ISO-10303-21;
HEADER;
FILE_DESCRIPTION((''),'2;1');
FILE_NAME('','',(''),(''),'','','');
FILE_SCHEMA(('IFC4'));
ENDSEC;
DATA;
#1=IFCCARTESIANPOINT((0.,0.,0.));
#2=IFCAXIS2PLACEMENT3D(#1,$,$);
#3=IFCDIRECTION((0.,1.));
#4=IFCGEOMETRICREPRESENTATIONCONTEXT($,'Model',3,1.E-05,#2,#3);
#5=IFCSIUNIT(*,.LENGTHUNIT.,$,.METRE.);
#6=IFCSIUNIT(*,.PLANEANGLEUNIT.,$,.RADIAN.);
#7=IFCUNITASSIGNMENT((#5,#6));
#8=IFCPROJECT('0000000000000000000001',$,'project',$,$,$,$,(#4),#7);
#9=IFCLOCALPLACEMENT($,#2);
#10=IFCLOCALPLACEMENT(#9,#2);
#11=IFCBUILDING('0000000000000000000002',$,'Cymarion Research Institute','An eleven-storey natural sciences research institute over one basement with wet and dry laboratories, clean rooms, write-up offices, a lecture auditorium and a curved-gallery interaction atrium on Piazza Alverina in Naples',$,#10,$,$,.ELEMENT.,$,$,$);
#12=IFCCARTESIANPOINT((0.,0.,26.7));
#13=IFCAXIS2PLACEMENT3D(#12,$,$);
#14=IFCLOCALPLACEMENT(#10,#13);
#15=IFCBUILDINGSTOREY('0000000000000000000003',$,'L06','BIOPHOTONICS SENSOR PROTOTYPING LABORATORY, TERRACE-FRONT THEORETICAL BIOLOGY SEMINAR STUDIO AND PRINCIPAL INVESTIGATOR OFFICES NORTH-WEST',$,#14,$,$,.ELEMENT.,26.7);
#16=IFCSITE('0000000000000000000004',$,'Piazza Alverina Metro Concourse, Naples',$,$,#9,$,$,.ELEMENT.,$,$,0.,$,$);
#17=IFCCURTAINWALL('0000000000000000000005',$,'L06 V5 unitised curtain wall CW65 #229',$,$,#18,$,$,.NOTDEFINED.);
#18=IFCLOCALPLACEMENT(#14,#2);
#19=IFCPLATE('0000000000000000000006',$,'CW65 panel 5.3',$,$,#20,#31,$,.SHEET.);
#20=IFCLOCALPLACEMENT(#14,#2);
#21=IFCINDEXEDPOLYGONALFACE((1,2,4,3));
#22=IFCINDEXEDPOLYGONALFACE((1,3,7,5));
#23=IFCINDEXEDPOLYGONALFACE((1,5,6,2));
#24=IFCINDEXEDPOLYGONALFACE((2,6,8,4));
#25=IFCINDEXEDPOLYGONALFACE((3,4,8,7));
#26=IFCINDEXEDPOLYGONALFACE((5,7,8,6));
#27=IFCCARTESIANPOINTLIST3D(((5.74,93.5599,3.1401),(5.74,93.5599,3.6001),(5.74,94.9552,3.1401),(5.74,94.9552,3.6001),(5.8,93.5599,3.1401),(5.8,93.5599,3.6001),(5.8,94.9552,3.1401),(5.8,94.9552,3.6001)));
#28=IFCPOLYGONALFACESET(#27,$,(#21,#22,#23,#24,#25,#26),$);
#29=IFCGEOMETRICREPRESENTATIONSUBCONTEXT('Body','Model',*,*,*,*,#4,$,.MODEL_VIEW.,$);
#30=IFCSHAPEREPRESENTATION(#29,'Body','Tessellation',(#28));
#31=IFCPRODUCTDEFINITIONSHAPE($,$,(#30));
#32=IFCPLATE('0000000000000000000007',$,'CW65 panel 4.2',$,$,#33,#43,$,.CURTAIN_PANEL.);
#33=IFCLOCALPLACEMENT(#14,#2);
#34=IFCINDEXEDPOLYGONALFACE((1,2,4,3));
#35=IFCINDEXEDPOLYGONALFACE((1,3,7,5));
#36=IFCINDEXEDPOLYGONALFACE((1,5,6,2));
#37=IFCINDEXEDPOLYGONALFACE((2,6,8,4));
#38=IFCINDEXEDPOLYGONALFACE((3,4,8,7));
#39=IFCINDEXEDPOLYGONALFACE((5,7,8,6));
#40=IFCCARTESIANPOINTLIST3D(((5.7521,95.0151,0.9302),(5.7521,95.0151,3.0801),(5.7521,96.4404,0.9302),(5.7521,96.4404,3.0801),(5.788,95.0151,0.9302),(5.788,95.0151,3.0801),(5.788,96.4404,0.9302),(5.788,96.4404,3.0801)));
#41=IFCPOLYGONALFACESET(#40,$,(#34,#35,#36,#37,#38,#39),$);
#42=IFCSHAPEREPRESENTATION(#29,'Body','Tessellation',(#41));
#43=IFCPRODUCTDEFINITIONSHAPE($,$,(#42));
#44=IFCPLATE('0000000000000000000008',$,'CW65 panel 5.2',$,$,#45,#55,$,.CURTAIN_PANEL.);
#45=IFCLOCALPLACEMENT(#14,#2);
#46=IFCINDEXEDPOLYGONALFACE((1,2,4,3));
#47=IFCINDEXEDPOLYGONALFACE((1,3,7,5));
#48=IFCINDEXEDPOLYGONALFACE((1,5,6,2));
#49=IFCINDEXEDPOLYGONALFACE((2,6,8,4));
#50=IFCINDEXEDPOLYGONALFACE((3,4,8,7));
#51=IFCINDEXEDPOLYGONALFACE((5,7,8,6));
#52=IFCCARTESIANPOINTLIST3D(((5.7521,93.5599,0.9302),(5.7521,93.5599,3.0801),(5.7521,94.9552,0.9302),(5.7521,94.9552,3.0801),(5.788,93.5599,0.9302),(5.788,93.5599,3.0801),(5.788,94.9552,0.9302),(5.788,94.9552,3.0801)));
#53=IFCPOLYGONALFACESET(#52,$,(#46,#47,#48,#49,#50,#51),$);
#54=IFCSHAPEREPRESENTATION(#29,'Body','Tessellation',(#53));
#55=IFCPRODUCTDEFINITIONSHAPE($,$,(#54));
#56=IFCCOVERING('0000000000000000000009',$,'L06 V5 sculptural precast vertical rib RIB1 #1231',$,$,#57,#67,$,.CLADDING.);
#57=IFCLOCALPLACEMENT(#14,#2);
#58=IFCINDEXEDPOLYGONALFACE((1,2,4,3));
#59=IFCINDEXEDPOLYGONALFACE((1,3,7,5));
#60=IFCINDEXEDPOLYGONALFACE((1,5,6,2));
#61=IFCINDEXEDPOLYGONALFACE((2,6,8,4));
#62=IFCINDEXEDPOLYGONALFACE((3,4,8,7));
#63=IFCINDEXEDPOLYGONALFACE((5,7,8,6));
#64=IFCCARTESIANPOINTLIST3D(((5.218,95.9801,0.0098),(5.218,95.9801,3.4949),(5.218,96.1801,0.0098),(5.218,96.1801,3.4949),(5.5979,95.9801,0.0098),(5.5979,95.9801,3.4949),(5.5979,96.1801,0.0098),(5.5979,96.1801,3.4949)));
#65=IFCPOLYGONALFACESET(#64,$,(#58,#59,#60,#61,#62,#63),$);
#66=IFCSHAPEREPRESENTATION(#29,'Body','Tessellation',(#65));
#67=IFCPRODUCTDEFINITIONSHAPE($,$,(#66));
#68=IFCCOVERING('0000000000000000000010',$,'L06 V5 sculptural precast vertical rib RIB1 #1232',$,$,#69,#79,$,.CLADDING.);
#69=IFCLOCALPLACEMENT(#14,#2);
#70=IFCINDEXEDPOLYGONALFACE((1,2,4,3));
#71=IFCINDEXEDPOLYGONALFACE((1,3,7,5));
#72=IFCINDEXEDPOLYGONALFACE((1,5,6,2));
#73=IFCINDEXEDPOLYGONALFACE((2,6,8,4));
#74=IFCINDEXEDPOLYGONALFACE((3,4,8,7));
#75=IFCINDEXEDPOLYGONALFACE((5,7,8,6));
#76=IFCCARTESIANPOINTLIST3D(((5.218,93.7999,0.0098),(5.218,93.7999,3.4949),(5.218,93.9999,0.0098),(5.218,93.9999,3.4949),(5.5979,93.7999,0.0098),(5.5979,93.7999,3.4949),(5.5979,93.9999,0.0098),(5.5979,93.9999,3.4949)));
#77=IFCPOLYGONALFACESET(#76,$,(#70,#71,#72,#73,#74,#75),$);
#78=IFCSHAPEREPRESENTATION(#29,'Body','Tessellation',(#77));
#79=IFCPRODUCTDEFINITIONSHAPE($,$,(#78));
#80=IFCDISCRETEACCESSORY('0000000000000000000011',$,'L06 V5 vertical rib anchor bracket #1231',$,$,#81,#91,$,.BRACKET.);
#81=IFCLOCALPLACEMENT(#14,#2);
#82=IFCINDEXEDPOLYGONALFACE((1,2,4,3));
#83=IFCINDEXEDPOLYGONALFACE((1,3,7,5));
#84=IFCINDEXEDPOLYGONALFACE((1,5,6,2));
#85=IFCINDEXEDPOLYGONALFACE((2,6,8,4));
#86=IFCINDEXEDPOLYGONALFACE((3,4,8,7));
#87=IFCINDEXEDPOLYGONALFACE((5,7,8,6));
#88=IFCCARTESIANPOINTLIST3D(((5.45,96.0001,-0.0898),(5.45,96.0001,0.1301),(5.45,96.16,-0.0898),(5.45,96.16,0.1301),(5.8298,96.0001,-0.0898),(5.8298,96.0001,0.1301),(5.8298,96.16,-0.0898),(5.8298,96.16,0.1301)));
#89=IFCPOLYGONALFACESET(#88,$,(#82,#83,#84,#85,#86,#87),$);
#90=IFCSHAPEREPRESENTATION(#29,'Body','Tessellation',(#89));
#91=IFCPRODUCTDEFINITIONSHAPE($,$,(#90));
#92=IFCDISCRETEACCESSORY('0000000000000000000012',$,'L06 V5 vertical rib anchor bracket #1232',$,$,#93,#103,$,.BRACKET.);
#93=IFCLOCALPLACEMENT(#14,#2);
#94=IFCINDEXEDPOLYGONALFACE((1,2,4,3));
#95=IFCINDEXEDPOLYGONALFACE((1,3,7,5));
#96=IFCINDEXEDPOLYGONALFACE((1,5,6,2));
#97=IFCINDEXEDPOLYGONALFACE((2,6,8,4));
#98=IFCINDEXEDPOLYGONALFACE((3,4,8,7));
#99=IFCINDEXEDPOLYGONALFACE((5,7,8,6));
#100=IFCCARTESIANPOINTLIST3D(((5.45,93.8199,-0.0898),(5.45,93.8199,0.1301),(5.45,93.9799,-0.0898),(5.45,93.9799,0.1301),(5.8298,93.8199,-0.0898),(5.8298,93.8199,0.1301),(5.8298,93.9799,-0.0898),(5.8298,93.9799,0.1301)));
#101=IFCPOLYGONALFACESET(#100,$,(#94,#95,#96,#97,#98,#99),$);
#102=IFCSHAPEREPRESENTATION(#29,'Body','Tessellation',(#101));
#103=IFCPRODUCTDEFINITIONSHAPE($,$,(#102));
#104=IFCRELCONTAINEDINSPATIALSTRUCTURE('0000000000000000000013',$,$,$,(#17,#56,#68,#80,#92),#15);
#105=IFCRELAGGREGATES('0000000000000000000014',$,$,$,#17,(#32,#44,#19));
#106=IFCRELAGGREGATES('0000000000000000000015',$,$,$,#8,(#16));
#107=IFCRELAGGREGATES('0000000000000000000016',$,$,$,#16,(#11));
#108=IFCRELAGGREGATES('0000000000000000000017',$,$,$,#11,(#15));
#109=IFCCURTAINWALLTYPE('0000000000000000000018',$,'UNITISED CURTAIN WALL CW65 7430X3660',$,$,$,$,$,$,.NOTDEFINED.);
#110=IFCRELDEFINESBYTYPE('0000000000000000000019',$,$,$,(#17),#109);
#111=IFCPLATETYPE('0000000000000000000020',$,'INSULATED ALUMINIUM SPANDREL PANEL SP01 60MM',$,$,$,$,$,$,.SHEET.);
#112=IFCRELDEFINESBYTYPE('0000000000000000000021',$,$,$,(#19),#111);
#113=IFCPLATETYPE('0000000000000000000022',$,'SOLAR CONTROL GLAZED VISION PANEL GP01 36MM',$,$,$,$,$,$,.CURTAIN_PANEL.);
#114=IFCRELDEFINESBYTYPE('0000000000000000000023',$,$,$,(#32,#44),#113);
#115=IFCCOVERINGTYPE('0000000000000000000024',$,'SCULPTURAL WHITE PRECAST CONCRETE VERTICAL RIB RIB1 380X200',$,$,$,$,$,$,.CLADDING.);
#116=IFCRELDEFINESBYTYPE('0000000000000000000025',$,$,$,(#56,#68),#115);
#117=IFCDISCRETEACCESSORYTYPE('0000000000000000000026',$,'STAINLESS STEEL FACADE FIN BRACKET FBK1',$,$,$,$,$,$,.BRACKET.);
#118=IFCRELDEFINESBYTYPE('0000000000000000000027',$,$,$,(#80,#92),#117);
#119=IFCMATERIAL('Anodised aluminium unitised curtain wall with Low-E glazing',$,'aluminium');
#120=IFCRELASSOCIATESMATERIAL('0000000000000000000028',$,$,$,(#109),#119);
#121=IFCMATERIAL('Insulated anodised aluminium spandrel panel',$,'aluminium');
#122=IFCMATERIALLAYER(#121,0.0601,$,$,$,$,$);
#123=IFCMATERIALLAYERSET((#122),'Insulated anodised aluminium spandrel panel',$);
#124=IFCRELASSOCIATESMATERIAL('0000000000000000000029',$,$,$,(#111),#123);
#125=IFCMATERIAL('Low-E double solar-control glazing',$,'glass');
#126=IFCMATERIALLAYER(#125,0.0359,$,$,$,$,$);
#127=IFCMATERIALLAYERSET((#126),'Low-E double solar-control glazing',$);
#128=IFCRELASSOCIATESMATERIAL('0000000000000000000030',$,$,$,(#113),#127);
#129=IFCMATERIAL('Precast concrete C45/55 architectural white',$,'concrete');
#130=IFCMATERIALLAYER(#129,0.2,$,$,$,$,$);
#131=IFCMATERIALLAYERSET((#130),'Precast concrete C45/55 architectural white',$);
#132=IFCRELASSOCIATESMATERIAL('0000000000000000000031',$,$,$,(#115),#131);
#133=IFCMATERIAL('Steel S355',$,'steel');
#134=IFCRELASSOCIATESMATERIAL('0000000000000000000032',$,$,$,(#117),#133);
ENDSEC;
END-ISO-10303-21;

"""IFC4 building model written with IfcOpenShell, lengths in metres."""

from ifc_helpers import new_model, si_unit, direction, frame, origin, origin_2d, place, context, subcontext, project, spatial, rectangle, extrude, material, layer, layer_set, type_object, element, aggregate, save


model = new_model("IFC4")

# Units and contexts
model_context = context("Model", 3, precision=1e-05, world=origin(), true_north=direction((0.0, 1.0)))
body_context = subcontext(model_context, "Body", "Model", "MODEL_VIEW")
ifc_project = project(units=[si_unit("LENGTHUNIT", "METRE"), si_unit("PLANEANGLEUNIT", "RADIAN")], contexts=[model_context])

# Site, building, storey
site_placement = place(None, origin())
site = spatial("IfcSite", under=ifc_project, at=site_placement, Name="Piazza Alverina Metro Concourse, Naples", CompositionType="ELEMENT", RefElevation=0.0)
building_placement = place(site_placement, origin())
building = spatial("IfcBuilding", under=site, at=building_placement, Name="Cymarion Research Institute", Description="An eleven-storey natural sciences research institute over one basement with wet and dry laboratories, clean rooms, write-up offices, a lecture auditorium and a curved-gallery interaction atrium on Piazza Alverina in Naples", CompositionType="ELEMENT")
storey_placement = place(building_placement, frame((0.0, 0.0, 26.7)))
storey = spatial("IfcBuildingStorey", under=building, at=storey_placement, Name="L06", Description="BIOPHOTONICS SENSOR PROTOTYPING LABORATORY, TERRACE-FRONT THEORETICAL BIOLOGY SEMINAR STUDIO AND PRINCIPAL INVESTIGATOR OFFICES NORTH-WEST", CompositionType="ELEMENT", Elevation=26.7)

# Curtain wall, plates
ifc_material_1 = material(Name="Anodised aluminium unitised curtain wall with Low-E glazing", Category="aluminium")
curtain_wall_type = type_object("IfcCurtainWallType", Name="UNITISED CURTAIN WALL CW65 7430X3660", PredefinedType="NOTDEFINED", material=ifc_material_1)
curtain_wall_placement = place(storey_placement, origin())
curtain_wall = element("IfcCurtainWall", 1, at=curtain_wall_placement, inside=storey, type_object=curtain_wall_type, Name="L06 V5 unitised curtain wall CW65 #229", PredefinedType="NOTDEFINED")
ifc_material_2 = material(Name="Insulated anodised aluminium spandrel panel", Category="aluminium")
ifc_layer_1 = layer(ifc_material_2, 0.0601)
ifc_layer_set_1 = layer_set([ifc_layer_1], Name="Insulated anodised aluminium spandrel panel")
plate_type_1 = type_object("IfcPlateType", Name="INSULATED ALUMINIUM SPANDREL PANEL SP01 60MM", PredefinedType="SHEET", material=ifc_layer_set_1)
plate_1_placement = place(storey_placement, frame((5.77, 94.2576, 3.1401), z_axis=(0.0, 0.0, 1.0), x_axis=(0.0, -1.0, 0.0)))
plate_1 = element("IfcPlate", 2, at=plate_1_placement, type_object=plate_type_1, Name="CW65 panel 5.3", PredefinedType="SHEET", context=body_context, shape_type="SweptSolid", body=[
    extrude(rectangle(XDim=1.3953, YDim=0.0601, at=origin_2d()), origin(), (0.0, 0.0, 1.0), 0.46),
])
ifc_material_3 = material(Name="Low-E double solar-control glazing", Category="glass")
ifc_layer_2 = layer(ifc_material_3, 0.0359)
ifc_layer_set_2 = layer_set([ifc_layer_2], Name="Low-E double solar-control glazing")
plate_type_2 = type_object("IfcPlateType", Name="SOLAR CONTROL GLAZED VISION PANEL GP01 36MM", PredefinedType="CURTAIN_PANEL", material=ifc_layer_set_2)
plate_2_placement = place(storey_placement, frame((5.77, 95.7278, 0.9302), z_axis=(0.0, 0.0, 1.0), x_axis=(0.0, -1.0, 0.0)))
plate_2 = element("IfcPlate", 3, at=plate_2_placement, type_object=plate_type_2, Name="CW65 panel 4.2", PredefinedType="CURTAIN_PANEL", context=body_context, shape_type="SweptSolid", body=[
    extrude(rectangle(XDim=1.4253, YDim=0.0359, at=origin_2d()), origin(), (0.0, 0.0, 1.0), 2.1499),
])
plate_3_placement = place(storey_placement, frame((5.77, 94.2576, 0.9302), z_axis=(0.0, 0.0, 1.0), x_axis=(0.0, -1.0, 0.0)))
plate_3 = element("IfcPlate", 4, at=plate_3_placement, type_object=plate_type_2, Name="CW65 panel 5.2", PredefinedType="CURTAIN_PANEL", context=body_context, shape_type="SweptSolid", body=[
    extrude(rectangle(XDim=1.3953, YDim=0.0359, at=origin_2d()), origin(), (0.0, 0.0, 1.0), 2.1499),
])
aggregate(curtain_wall, [plate_2, plate_3, plate_1])

# Coverings
ifc_material_4 = material(Name="Precast concrete C45/55 architectural white", Category="concrete")
ifc_layer_3 = layer(ifc_material_4, 0.2)
ifc_layer_set_3 = layer_set([ifc_layer_3], Name="Precast concrete C45/55 architectural white")
covering_type = type_object("IfcCoveringType", Name="SCULPTURAL WHITE PRECAST CONCRETE VERTICAL RIB RIB1 380X200", PredefinedType="CLADDING", material=ifc_layer_set_3)
for number, where, z_axis, x_axis, name in (
    (5, (5.408, 96.0801, 0.0098), (0.0, 0.0, 1.0), (-1.0, 0.0, 0.0), "L06 V5 sculptural precast vertical rib RIB1 #1231"),
    (6, (5.408, 93.8999, 0.0098), (0.0, 0.0, 1.0), (-1.0, 0.0, 0.0), "L06 V5 sculptural precast vertical rib RIB1 #1232"),
):
    element("IfcCovering", number, at=place(storey_placement, frame(where, z_axis=z_axis, x_axis=x_axis)), inside=storey, type_object=covering_type, Name=name, PredefinedType="CLADDING", context=body_context, shape_type="SweptSolid", body=[
        extrude(rectangle(XDim=0.3799, YDim=0.2, at=origin_2d()), origin(), (0.0, 0.0, 1.0), 3.4851),
    ])

# Discrete accessories
ifc_material_5 = material(Name="Steel S355", Category="steel")
discrete_accessory_type = type_object("IfcDiscreteAccessoryType", Name="STAINLESS STEEL FACADE FIN BRACKET FBK1", PredefinedType="BRACKET", material=ifc_material_5)
for number, where, z_axis, x_axis, name in (
    (7, (5.6399, 96.0801, -0.0898), (0.0, 0.0, 1.0), (-1.0, 0.0, 0.0), "L06 V5 vertical rib anchor bracket #1231"),
    (8, (5.6399, 93.8999, -0.0898), (0.0, 0.0, 1.0), (-1.0, 0.0, 0.0), "L06 V5 vertical rib anchor bracket #1232"),
):
    element("IfcDiscreteAccessory", number, at=place(storey_placement, frame(where, z_axis=z_axis, x_axis=x_axis)), inside=storey, type_object=discrete_accessory_type, Name=name, PredefinedType="BRACKET", context=body_context, shape_type="SweptSolid", body=[
        extrude(rectangle(XDim=0.3799, YDim=0.1599, at=origin_2d()), origin(), (0.0, 0.0, 1.0), 0.22),
    ])

save(model, "model.ifc")
